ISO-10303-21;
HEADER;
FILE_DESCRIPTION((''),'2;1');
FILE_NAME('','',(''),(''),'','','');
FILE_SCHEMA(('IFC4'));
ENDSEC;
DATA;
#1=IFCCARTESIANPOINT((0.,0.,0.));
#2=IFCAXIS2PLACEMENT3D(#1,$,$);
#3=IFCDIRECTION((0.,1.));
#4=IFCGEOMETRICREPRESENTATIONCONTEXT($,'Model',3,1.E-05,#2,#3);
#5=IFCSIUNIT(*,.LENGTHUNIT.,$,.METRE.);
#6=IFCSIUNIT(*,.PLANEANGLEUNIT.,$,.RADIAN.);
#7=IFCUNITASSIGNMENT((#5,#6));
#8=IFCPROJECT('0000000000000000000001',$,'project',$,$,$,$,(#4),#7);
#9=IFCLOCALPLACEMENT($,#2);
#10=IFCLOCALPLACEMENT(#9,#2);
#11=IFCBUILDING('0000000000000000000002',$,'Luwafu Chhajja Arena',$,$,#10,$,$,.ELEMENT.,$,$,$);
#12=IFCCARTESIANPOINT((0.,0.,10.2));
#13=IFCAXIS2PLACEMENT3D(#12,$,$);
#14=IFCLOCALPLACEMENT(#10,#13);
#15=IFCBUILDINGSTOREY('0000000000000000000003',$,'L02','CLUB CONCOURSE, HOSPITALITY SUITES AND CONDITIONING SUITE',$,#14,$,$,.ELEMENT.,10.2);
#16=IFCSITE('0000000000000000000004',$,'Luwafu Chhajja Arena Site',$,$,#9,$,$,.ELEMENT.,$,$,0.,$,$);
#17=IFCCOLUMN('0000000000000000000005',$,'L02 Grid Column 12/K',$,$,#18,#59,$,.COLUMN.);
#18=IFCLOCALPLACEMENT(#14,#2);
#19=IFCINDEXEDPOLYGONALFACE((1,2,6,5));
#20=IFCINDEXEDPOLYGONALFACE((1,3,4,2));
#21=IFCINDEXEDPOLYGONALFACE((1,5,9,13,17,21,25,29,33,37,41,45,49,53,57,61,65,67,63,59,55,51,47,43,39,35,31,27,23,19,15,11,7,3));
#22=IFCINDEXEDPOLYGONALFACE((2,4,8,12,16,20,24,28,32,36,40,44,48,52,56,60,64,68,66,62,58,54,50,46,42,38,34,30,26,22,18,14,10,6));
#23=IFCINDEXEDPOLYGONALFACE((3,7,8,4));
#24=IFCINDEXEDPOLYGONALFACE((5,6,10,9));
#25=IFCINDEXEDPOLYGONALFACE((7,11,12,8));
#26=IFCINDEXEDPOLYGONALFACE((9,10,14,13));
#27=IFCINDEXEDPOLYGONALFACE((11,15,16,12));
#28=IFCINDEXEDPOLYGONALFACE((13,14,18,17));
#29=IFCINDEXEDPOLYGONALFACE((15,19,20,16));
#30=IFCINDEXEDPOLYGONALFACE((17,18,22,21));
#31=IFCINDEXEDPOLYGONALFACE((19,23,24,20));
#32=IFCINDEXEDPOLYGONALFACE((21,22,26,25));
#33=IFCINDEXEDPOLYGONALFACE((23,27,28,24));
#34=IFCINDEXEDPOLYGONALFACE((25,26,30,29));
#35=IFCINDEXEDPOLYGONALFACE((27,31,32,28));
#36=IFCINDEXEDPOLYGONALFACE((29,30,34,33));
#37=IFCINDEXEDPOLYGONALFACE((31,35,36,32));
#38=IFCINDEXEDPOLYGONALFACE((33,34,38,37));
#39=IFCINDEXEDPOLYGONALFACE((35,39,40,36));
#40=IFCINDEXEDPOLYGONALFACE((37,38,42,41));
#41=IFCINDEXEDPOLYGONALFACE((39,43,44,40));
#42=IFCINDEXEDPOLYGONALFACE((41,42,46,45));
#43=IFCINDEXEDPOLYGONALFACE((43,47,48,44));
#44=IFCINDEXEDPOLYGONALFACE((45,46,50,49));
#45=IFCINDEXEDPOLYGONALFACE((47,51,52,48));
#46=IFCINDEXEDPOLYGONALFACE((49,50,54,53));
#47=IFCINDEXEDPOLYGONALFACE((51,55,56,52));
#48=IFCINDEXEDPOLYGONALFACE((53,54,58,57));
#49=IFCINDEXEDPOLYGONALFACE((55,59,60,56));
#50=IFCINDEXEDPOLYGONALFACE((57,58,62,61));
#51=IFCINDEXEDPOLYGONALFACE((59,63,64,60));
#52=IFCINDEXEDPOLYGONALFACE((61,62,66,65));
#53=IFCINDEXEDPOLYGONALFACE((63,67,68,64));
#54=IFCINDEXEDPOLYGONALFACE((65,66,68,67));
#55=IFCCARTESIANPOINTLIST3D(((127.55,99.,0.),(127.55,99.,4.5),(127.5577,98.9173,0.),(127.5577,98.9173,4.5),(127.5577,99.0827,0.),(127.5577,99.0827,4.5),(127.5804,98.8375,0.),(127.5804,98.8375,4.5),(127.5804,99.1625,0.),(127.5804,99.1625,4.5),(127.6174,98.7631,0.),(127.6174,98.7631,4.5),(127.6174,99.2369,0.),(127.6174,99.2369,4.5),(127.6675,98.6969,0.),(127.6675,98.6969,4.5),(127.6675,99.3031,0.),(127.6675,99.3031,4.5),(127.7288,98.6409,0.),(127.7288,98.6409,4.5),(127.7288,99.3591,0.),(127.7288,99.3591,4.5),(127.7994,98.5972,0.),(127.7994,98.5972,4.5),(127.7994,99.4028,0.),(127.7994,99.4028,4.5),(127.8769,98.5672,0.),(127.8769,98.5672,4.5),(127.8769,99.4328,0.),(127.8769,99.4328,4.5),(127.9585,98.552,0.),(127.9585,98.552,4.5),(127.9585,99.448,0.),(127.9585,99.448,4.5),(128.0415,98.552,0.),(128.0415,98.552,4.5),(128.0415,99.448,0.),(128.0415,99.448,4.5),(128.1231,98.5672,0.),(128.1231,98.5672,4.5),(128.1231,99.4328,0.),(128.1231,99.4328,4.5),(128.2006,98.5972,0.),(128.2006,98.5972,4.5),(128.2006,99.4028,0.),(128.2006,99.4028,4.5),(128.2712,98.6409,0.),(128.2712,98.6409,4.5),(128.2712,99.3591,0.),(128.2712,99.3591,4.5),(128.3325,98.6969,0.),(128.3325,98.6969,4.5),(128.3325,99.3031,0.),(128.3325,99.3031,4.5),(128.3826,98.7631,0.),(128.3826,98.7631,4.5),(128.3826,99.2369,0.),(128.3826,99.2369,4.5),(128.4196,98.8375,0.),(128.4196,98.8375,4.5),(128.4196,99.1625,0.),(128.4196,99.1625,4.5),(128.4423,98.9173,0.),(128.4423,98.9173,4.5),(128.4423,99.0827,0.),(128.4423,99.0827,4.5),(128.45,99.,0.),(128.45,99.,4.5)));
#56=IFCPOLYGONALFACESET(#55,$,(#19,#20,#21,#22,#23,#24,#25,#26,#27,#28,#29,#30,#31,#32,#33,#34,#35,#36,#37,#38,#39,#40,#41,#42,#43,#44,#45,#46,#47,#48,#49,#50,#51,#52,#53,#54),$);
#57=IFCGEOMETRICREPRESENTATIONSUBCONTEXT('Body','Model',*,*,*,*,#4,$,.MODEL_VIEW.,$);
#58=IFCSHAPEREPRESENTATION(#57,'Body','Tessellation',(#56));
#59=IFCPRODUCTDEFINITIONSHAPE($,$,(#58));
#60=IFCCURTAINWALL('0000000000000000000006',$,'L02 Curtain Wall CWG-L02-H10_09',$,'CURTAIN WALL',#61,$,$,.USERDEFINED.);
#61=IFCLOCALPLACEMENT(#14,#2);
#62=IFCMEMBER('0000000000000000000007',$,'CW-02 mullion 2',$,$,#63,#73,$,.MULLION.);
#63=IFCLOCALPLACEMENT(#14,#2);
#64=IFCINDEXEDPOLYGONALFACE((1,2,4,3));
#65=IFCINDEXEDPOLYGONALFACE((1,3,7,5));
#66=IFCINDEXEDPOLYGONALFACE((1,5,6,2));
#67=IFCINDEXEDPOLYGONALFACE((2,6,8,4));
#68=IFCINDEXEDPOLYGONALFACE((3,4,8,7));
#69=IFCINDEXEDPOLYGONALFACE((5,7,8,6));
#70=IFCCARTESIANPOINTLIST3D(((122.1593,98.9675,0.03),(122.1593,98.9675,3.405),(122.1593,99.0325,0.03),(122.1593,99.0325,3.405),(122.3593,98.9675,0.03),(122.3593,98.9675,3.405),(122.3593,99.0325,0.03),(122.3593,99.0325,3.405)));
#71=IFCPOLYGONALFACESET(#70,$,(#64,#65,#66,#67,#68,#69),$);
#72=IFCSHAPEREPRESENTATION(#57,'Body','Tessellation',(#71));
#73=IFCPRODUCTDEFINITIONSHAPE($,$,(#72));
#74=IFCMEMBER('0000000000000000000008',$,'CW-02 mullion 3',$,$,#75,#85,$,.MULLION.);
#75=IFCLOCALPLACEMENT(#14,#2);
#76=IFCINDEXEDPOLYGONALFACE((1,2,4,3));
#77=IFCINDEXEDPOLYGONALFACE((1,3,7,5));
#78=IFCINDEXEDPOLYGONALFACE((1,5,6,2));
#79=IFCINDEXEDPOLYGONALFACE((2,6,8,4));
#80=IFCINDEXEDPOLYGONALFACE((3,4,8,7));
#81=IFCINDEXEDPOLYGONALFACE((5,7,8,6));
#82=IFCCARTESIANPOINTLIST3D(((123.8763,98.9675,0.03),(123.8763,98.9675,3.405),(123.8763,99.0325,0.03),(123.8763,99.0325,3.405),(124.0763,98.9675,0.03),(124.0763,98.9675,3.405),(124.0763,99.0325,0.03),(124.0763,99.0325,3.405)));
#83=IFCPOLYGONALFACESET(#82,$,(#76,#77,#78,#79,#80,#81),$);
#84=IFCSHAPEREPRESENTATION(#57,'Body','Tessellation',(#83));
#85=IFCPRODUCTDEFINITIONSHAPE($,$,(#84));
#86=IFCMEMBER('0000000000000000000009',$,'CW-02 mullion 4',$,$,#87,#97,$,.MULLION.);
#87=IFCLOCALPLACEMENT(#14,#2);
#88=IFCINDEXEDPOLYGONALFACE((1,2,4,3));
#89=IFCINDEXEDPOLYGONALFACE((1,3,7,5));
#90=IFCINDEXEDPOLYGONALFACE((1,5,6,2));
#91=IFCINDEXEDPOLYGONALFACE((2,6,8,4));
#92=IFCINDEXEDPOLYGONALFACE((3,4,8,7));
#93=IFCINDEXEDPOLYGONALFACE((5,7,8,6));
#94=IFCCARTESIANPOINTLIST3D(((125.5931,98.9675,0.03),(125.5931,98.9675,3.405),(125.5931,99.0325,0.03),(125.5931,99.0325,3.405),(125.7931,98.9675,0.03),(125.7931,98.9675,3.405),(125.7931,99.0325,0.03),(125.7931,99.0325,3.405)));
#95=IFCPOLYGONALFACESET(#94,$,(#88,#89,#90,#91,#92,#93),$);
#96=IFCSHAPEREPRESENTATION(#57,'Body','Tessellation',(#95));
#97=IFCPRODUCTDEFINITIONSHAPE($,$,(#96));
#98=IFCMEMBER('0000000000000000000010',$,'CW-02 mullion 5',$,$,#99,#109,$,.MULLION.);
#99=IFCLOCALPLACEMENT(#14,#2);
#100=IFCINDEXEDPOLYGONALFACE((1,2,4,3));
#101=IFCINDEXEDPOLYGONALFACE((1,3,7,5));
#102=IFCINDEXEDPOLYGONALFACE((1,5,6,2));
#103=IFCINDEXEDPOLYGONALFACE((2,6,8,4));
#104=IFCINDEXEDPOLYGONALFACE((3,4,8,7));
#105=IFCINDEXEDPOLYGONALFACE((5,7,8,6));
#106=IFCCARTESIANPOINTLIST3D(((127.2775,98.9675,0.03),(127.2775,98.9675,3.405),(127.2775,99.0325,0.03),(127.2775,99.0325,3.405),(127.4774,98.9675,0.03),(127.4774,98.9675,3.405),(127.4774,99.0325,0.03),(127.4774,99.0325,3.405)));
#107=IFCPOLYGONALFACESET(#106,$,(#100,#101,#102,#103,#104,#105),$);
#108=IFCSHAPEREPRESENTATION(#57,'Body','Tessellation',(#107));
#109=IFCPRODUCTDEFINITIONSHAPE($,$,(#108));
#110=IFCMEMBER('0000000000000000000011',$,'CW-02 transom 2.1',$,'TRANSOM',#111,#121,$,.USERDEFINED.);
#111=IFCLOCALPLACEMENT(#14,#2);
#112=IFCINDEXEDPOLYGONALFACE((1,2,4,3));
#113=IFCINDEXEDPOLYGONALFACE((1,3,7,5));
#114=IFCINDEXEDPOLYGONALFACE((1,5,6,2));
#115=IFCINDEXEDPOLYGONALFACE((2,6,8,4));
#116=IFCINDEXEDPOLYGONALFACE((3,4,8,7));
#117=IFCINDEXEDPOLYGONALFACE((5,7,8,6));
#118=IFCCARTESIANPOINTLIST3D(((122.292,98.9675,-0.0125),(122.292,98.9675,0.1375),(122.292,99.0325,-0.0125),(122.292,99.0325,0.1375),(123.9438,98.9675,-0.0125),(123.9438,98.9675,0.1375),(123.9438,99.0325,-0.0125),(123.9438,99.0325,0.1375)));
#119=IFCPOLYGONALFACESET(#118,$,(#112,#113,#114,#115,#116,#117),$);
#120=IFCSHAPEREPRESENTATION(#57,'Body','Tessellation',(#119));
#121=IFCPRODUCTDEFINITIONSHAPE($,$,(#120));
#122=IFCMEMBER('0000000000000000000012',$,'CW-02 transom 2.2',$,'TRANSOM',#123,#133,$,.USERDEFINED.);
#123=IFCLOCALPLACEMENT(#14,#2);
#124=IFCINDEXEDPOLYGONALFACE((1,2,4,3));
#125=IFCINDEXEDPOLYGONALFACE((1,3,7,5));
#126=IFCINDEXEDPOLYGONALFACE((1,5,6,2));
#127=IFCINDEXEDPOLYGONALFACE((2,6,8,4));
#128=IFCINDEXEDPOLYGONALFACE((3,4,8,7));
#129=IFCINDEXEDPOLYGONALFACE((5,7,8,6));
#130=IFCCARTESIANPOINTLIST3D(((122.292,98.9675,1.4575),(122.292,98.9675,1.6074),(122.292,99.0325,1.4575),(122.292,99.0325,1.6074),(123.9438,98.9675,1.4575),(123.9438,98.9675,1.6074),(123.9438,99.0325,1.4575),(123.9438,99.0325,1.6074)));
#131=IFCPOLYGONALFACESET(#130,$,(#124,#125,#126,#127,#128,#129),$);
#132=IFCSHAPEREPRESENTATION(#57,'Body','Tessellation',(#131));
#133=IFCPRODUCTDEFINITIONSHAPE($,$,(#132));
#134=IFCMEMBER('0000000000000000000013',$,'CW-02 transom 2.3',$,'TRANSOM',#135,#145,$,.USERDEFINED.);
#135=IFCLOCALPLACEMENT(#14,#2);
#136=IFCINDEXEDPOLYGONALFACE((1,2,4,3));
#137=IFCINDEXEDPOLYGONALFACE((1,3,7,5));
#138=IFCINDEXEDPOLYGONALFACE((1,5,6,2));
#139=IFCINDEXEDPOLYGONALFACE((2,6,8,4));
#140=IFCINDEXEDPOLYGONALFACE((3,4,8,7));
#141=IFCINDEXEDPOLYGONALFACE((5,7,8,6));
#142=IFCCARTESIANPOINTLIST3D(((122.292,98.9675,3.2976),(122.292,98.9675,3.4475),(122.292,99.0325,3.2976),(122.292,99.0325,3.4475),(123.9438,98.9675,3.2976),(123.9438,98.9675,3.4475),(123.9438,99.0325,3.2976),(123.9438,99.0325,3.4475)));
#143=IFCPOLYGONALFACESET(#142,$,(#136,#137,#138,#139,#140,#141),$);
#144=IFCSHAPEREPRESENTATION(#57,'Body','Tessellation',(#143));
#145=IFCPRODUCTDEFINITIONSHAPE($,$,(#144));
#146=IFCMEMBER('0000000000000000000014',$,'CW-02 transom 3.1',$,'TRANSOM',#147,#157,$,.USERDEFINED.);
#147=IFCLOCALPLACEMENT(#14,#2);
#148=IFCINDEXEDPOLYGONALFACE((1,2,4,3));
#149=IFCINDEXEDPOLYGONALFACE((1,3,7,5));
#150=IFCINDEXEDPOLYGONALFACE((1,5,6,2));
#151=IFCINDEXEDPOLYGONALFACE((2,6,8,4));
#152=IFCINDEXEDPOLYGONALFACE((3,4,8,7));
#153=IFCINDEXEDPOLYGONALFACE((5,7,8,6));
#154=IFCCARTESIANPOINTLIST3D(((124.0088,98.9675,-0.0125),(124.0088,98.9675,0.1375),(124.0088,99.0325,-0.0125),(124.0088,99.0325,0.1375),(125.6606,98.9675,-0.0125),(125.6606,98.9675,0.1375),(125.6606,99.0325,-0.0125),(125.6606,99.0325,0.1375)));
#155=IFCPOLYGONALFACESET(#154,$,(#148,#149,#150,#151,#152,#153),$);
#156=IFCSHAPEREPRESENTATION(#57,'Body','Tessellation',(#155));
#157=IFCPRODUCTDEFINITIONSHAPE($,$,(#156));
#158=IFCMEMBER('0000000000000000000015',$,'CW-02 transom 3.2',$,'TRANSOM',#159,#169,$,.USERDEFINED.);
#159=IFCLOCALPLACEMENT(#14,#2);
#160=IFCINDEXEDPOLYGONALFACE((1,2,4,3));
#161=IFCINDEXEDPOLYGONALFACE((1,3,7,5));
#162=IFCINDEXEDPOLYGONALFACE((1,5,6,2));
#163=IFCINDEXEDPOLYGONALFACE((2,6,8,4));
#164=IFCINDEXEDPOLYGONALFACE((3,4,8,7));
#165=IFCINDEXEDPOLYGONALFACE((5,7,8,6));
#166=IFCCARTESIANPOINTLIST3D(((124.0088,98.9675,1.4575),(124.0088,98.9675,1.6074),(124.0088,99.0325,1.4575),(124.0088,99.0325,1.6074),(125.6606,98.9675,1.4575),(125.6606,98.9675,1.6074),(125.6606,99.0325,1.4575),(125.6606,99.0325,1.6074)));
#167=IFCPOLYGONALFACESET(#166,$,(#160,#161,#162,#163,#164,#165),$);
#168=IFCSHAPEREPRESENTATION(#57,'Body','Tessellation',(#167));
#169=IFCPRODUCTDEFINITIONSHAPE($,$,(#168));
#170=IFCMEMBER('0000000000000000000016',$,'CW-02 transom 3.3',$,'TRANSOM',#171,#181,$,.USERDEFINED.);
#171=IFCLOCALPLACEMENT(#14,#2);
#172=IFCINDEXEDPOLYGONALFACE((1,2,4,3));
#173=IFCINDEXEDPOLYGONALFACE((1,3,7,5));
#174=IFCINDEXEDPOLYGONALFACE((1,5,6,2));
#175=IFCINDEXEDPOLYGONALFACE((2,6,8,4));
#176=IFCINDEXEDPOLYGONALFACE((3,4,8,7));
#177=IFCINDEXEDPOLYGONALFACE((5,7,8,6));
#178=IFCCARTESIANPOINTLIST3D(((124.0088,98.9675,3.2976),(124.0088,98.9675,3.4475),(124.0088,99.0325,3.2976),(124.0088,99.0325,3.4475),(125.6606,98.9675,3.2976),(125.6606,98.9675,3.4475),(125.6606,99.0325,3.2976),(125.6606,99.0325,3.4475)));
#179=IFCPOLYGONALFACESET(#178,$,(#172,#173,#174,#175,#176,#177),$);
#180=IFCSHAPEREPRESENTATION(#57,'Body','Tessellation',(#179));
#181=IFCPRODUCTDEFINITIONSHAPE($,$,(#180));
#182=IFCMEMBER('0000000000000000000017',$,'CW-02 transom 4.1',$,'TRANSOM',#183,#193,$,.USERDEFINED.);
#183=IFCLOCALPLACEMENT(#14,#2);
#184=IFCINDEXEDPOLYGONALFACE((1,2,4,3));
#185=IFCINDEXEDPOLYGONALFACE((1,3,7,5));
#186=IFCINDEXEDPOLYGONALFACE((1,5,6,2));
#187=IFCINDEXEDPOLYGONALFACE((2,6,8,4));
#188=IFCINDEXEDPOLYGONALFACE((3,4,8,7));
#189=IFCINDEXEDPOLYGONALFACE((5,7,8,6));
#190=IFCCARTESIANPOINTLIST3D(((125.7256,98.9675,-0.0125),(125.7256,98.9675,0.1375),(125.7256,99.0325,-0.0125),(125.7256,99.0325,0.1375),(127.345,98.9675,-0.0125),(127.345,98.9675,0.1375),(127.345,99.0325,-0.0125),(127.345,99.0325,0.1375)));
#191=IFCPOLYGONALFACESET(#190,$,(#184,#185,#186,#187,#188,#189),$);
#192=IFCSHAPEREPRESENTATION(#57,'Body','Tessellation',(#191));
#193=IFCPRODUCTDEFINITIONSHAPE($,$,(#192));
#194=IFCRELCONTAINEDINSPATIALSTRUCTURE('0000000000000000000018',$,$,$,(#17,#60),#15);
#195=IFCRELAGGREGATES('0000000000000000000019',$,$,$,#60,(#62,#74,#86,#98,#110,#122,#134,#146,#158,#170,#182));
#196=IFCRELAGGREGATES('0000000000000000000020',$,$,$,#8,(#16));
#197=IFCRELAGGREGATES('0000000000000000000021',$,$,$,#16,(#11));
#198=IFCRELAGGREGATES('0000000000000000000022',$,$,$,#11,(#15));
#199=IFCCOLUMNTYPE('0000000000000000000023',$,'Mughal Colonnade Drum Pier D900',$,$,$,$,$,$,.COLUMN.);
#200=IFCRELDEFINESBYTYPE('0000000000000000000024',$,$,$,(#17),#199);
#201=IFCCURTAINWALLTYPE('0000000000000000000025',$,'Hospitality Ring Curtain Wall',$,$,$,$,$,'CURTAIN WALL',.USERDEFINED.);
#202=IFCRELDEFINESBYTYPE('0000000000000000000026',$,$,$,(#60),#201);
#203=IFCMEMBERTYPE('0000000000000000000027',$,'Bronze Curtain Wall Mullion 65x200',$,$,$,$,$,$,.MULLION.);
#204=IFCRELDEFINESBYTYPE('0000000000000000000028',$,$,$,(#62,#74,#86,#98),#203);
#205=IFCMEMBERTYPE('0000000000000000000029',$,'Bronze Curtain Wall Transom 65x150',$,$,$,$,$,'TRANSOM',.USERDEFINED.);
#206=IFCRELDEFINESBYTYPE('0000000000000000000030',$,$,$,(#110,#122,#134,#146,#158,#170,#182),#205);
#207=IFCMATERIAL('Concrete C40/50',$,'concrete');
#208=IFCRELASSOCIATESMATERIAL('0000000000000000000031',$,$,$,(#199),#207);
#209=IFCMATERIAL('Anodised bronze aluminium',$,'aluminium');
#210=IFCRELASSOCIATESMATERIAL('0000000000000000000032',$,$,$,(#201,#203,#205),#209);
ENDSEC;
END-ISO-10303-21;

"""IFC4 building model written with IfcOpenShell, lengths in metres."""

from ifc_helpers import new_model, si_unit, direction, frame, origin, origin_2d, place, context, subcontext, project, spatial, rectangle, circle, extrude, material, material_profile, profile_set, type_object, element, aggregate, save


model = new_model("IFC4")

# Units and contexts
model_context = context("Model", 3, precision=1e-05, world=origin(), true_north=direction((0.0, 1.0)))
body_context = subcontext(model_context, "Body", "Model", "MODEL_VIEW")
ifc_project = project(units=[si_unit("LENGTHUNIT", "METRE"), si_unit("PLANEANGLEUNIT", "RADIAN")], contexts=[model_context])

# Site, building, storey
site_placement = place(None, origin())
site = spatial("IfcSite", under=ifc_project, at=site_placement, Name="Luwafu Chhajja Arena Site", CompositionType="ELEMENT", RefElevation=0.0)
building_placement = place(site_placement, origin())
building = spatial("IfcBuilding", under=site, at=building_placement, Name="Luwafu Chhajja Arena", CompositionType="ELEMENT")
storey_placement = place(building_placement, frame((0.0, 0.0, 10.2)))
storey = spatial("IfcBuildingStorey", under=building, at=storey_placement, Name="L02", Description="CLUB CONCOURSE, HOSPITALITY SUITES AND CONDITIONING SUITE", CompositionType="ELEMENT", Elevation=10.2)

# Column
ifc_material_1 = material(Name="Concrete C40/50", Category="concrete")
ifc_material_profile_1 = material_profile(ifc_material_1, circle(Radius=0.45, at=origin_2d()), Name="RC COL D900")
ifc_profile_set_1 = profile_set([ifc_material_profile_1], Name="Concrete C40/50")
column_type = type_object("IfcColumnType", Name="Mughal Colonnade Drum Pier D900", PredefinedType="COLUMN", material=ifc_profile_set_1)
column_placement = place(storey_placement, frame((128.0, 99.0, 0.0), z_axis=(0.0, 0.0, 1.0), x_axis=(1.0, 0.0, 0.0)))
element("IfcColumn", 1, at=column_placement, inside=storey, type_object=column_type, Name="L02 Grid Column 12/K", PredefinedType="COLUMN", context=body_context, shape_type="SweptSolid", body=[
    extrude(circle(Radius=0.45, at=origin_2d()), origin(), (0.0, 0.0, 1.0), 4.5),
])

# Curtain wall, members
ifc_material_2 = material(Name="Anodised bronze aluminium", Category="aluminium")
curtain_wall_type = type_object("IfcCurtainWallType", Name="Hospitality Ring Curtain Wall", ElementType="CURTAIN WALL", PredefinedType="USERDEFINED", material=ifc_material_2)
curtain_wall_placement = place(storey_placement, origin())
curtain_wall = element("IfcCurtainWall", 2, at=curtain_wall_placement, inside=storey, type_object=curtain_wall_type, Name="L02 Curtain Wall CWG-L02-H10_09", ObjectType="CURTAIN WALL", PredefinedType="USERDEFINED")
ifc_material_profile_2 = material_profile(ifc_material_2, rectangle(XDim=0.0649, YDim=0.2, at=origin_2d()), Name="CWM 65x200")
ifc_profile_set_2 = profile_set([ifc_material_profile_2], Name="Anodised bronze aluminium")
member_type_1 = type_object("IfcMemberType", Name="Bronze Curtain Wall Mullion 65x200", PredefinedType="MULLION", material=ifc_profile_set_2)
member_1_placement = place(storey_placement, frame((122.2593, 99.0, 0.03), z_axis=(0.0, 0.0, 1.0), x_axis=(0.0, 1.0, 0.0)))
member_1 = element("IfcMember", 3, at=member_1_placement, type_object=member_type_1, Name="CW-02 mullion 2", PredefinedType="MULLION", context=body_context, shape_type="SweptSolid", body=[
    extrude(rectangle(XDim=0.0649, YDim=0.2, at=origin_2d()), origin(), (0.0, 0.0, 1.0), 3.375),
])
member_2_placement = place(storey_placement, frame((123.9763, 99.0, 0.03), z_axis=(0.0, 0.0, 1.0), x_axis=(0.0, 1.0, 0.0)))
member_2 = element("IfcMember", 4, at=member_2_placement, type_object=member_type_1, Name="CW-02 mullion 3", PredefinedType="MULLION", context=body_context, shape_type="SweptSolid", body=[
    extrude(rectangle(XDim=0.0649, YDim=0.2, at=origin_2d()), origin(), (0.0, 0.0, 1.0), 3.375),
])
member_3_placement = place(storey_placement, frame((125.6931, 99.0, 0.03), z_axis=(0.0, 0.0, 1.0), x_axis=(0.0, 1.0, 0.0)))
member_3 = element("IfcMember", 5, at=member_3_placement, type_object=member_type_1, Name="CW-02 mullion 4", PredefinedType="MULLION", context=body_context, shape_type="SweptSolid", body=[
    extrude(rectangle(XDim=0.0649, YDim=0.2, at=origin_2d()), origin(), (0.0, 0.0, 1.0), 3.375),
])
member_4_placement = place(storey_placement, frame((127.3774, 99.0, 0.03), z_axis=(0.0, 0.0, 1.0), x_axis=(0.0, 1.0, 0.0)))
member_4 = element("IfcMember", 6, at=member_4_placement, type_object=member_type_1, Name="CW-02 mullion 5", PredefinedType="MULLION", context=body_context, shape_type="SweptSolid", body=[
    extrude(rectangle(XDim=0.0649, YDim=0.2, at=origin_2d()), origin(), (0.0, 0.0, 1.0), 3.375),
])
ifc_material_profile_3 = material_profile(ifc_material_2, rectangle(XDim=0.0649, YDim=0.1499, at=origin_2d()), Name="CWT 65x150")
ifc_profile_set_3 = profile_set([ifc_material_profile_3], Name="Anodised bronze aluminium")
member_type_2 = type_object("IfcMemberType", Name="Bronze Curtain Wall Transom 65x150", ElementType="TRANSOM", PredefinedType="USERDEFINED", material=ifc_profile_set_3)
member_5_placement = place(storey_placement, frame((122.292, 99.0, 0.0625), z_axis=(1.0, 0.0, 0.0), x_axis=(0.0, 1.0, 0.0)))
member_5 = element("IfcMember", 7, at=member_5_placement, type_object=member_type_2, Name="CW-02 transom 2.1", ObjectType="TRANSOM", PredefinedType="USERDEFINED", context=body_context, shape_type="SweptSolid", body=[
    extrude(rectangle(XDim=0.0649, YDim=0.1499, at=origin_2d()), origin(), (0.0, 0.0, 1.0), 1.6519),
])
member_6_placement = place(storey_placement, frame((122.292, 99.0, 1.5325), z_axis=(1.0, 0.0, 0.0), x_axis=(0.0, 1.0, 0.0)))
member_6 = element("IfcMember", 8, at=member_6_placement, type_object=member_type_2, Name="CW-02 transom 2.2", ObjectType="TRANSOM", PredefinedType="USERDEFINED", context=body_context, shape_type="SweptSolid", body=[
    extrude(rectangle(XDim=0.0649, YDim=0.1499, at=origin_2d()), origin(), (0.0, 0.0, 1.0), 1.6519),
])
member_7_placement = place(storey_placement, frame((122.292, 99.0, 3.3726), z_axis=(1.0, 0.0, 0.0), x_axis=(0.0, 1.0, 0.0)))
member_7 = element("IfcMember", 9, at=member_7_placement, type_object=member_type_2, Name="CW-02 transom 2.3", ObjectType="TRANSOM", PredefinedType="USERDEFINED", context=body_context, shape_type="SweptSolid", body=[
    extrude(rectangle(XDim=0.0649, YDim=0.1499, at=origin_2d()), origin(), (0.0, 0.0, 1.0), 1.6519),
])
member_8_placement = place(storey_placement, frame((124.0088, 99.0, 0.0625), z_axis=(1.0, 0.0, 0.0), x_axis=(0.0, 1.0, 0.0)))
member_8 = element("IfcMember", 10, at=member_8_placement, type_object=member_type_2, Name="CW-02 transom 3.1", ObjectType="TRANSOM", PredefinedType="USERDEFINED", context=body_context, shape_type="SweptSolid", body=[
    extrude(rectangle(XDim=0.0649, YDim=0.1499, at=origin_2d()), origin(), (0.0, 0.0, 1.0), 1.6519),
])
member_9_placement = place(storey_placement, frame((124.0088, 99.0, 1.5325), z_axis=(1.0, 0.0, 0.0), x_axis=(0.0, 1.0, 0.0)))
member_9 = element("IfcMember", 11, at=member_9_placement, type_object=member_type_2, Name="CW-02 transom 3.2", ObjectType="TRANSOM", PredefinedType="USERDEFINED", context=body_context, shape_type="SweptSolid", body=[
    extrude(rectangle(XDim=0.0649, YDim=0.1499, at=origin_2d()), origin(), (0.0, 0.0, 1.0), 1.6519),
])
member_10_placement = place(storey_placement, frame((124.0088, 99.0, 3.3726), z_axis=(1.0, 0.0, 0.0), x_axis=(0.0, 1.0, 0.0)))
member_10 = element("IfcMember", 12, at=member_10_placement, type_object=member_type_2, Name="CW-02 transom 3.3", ObjectType="TRANSOM", PredefinedType="USERDEFINED", context=body_context, shape_type="SweptSolid", body=[
    extrude(rectangle(XDim=0.0649, YDim=0.1499, at=origin_2d()), origin(), (0.0, 0.0, 1.0), 1.6519),
])
member_11_placement = place(storey_placement, frame((125.7256, 99.0, 0.0625), z_axis=(1.0, 0.0, 0.0), x_axis=(0.0, 1.0, 0.0)))
member_11 = element("IfcMember", 13, at=member_11_placement, type_object=member_type_2, Name="CW-02 transom 4.1", ObjectType="TRANSOM", PredefinedType="USERDEFINED", context=body_context, shape_type="SweptSolid", body=[
    extrude(rectangle(XDim=0.0649, YDim=0.1499, at=origin_2d()), origin(), (0.0, 0.0, 1.0), 1.6194),
])

aggregate(curtain_wall, [member_1, member_2, member_3, member_4, member_5, member_6, member_7, member_8, member_9, member_10, member_11])

save(model, "model.ifc")
